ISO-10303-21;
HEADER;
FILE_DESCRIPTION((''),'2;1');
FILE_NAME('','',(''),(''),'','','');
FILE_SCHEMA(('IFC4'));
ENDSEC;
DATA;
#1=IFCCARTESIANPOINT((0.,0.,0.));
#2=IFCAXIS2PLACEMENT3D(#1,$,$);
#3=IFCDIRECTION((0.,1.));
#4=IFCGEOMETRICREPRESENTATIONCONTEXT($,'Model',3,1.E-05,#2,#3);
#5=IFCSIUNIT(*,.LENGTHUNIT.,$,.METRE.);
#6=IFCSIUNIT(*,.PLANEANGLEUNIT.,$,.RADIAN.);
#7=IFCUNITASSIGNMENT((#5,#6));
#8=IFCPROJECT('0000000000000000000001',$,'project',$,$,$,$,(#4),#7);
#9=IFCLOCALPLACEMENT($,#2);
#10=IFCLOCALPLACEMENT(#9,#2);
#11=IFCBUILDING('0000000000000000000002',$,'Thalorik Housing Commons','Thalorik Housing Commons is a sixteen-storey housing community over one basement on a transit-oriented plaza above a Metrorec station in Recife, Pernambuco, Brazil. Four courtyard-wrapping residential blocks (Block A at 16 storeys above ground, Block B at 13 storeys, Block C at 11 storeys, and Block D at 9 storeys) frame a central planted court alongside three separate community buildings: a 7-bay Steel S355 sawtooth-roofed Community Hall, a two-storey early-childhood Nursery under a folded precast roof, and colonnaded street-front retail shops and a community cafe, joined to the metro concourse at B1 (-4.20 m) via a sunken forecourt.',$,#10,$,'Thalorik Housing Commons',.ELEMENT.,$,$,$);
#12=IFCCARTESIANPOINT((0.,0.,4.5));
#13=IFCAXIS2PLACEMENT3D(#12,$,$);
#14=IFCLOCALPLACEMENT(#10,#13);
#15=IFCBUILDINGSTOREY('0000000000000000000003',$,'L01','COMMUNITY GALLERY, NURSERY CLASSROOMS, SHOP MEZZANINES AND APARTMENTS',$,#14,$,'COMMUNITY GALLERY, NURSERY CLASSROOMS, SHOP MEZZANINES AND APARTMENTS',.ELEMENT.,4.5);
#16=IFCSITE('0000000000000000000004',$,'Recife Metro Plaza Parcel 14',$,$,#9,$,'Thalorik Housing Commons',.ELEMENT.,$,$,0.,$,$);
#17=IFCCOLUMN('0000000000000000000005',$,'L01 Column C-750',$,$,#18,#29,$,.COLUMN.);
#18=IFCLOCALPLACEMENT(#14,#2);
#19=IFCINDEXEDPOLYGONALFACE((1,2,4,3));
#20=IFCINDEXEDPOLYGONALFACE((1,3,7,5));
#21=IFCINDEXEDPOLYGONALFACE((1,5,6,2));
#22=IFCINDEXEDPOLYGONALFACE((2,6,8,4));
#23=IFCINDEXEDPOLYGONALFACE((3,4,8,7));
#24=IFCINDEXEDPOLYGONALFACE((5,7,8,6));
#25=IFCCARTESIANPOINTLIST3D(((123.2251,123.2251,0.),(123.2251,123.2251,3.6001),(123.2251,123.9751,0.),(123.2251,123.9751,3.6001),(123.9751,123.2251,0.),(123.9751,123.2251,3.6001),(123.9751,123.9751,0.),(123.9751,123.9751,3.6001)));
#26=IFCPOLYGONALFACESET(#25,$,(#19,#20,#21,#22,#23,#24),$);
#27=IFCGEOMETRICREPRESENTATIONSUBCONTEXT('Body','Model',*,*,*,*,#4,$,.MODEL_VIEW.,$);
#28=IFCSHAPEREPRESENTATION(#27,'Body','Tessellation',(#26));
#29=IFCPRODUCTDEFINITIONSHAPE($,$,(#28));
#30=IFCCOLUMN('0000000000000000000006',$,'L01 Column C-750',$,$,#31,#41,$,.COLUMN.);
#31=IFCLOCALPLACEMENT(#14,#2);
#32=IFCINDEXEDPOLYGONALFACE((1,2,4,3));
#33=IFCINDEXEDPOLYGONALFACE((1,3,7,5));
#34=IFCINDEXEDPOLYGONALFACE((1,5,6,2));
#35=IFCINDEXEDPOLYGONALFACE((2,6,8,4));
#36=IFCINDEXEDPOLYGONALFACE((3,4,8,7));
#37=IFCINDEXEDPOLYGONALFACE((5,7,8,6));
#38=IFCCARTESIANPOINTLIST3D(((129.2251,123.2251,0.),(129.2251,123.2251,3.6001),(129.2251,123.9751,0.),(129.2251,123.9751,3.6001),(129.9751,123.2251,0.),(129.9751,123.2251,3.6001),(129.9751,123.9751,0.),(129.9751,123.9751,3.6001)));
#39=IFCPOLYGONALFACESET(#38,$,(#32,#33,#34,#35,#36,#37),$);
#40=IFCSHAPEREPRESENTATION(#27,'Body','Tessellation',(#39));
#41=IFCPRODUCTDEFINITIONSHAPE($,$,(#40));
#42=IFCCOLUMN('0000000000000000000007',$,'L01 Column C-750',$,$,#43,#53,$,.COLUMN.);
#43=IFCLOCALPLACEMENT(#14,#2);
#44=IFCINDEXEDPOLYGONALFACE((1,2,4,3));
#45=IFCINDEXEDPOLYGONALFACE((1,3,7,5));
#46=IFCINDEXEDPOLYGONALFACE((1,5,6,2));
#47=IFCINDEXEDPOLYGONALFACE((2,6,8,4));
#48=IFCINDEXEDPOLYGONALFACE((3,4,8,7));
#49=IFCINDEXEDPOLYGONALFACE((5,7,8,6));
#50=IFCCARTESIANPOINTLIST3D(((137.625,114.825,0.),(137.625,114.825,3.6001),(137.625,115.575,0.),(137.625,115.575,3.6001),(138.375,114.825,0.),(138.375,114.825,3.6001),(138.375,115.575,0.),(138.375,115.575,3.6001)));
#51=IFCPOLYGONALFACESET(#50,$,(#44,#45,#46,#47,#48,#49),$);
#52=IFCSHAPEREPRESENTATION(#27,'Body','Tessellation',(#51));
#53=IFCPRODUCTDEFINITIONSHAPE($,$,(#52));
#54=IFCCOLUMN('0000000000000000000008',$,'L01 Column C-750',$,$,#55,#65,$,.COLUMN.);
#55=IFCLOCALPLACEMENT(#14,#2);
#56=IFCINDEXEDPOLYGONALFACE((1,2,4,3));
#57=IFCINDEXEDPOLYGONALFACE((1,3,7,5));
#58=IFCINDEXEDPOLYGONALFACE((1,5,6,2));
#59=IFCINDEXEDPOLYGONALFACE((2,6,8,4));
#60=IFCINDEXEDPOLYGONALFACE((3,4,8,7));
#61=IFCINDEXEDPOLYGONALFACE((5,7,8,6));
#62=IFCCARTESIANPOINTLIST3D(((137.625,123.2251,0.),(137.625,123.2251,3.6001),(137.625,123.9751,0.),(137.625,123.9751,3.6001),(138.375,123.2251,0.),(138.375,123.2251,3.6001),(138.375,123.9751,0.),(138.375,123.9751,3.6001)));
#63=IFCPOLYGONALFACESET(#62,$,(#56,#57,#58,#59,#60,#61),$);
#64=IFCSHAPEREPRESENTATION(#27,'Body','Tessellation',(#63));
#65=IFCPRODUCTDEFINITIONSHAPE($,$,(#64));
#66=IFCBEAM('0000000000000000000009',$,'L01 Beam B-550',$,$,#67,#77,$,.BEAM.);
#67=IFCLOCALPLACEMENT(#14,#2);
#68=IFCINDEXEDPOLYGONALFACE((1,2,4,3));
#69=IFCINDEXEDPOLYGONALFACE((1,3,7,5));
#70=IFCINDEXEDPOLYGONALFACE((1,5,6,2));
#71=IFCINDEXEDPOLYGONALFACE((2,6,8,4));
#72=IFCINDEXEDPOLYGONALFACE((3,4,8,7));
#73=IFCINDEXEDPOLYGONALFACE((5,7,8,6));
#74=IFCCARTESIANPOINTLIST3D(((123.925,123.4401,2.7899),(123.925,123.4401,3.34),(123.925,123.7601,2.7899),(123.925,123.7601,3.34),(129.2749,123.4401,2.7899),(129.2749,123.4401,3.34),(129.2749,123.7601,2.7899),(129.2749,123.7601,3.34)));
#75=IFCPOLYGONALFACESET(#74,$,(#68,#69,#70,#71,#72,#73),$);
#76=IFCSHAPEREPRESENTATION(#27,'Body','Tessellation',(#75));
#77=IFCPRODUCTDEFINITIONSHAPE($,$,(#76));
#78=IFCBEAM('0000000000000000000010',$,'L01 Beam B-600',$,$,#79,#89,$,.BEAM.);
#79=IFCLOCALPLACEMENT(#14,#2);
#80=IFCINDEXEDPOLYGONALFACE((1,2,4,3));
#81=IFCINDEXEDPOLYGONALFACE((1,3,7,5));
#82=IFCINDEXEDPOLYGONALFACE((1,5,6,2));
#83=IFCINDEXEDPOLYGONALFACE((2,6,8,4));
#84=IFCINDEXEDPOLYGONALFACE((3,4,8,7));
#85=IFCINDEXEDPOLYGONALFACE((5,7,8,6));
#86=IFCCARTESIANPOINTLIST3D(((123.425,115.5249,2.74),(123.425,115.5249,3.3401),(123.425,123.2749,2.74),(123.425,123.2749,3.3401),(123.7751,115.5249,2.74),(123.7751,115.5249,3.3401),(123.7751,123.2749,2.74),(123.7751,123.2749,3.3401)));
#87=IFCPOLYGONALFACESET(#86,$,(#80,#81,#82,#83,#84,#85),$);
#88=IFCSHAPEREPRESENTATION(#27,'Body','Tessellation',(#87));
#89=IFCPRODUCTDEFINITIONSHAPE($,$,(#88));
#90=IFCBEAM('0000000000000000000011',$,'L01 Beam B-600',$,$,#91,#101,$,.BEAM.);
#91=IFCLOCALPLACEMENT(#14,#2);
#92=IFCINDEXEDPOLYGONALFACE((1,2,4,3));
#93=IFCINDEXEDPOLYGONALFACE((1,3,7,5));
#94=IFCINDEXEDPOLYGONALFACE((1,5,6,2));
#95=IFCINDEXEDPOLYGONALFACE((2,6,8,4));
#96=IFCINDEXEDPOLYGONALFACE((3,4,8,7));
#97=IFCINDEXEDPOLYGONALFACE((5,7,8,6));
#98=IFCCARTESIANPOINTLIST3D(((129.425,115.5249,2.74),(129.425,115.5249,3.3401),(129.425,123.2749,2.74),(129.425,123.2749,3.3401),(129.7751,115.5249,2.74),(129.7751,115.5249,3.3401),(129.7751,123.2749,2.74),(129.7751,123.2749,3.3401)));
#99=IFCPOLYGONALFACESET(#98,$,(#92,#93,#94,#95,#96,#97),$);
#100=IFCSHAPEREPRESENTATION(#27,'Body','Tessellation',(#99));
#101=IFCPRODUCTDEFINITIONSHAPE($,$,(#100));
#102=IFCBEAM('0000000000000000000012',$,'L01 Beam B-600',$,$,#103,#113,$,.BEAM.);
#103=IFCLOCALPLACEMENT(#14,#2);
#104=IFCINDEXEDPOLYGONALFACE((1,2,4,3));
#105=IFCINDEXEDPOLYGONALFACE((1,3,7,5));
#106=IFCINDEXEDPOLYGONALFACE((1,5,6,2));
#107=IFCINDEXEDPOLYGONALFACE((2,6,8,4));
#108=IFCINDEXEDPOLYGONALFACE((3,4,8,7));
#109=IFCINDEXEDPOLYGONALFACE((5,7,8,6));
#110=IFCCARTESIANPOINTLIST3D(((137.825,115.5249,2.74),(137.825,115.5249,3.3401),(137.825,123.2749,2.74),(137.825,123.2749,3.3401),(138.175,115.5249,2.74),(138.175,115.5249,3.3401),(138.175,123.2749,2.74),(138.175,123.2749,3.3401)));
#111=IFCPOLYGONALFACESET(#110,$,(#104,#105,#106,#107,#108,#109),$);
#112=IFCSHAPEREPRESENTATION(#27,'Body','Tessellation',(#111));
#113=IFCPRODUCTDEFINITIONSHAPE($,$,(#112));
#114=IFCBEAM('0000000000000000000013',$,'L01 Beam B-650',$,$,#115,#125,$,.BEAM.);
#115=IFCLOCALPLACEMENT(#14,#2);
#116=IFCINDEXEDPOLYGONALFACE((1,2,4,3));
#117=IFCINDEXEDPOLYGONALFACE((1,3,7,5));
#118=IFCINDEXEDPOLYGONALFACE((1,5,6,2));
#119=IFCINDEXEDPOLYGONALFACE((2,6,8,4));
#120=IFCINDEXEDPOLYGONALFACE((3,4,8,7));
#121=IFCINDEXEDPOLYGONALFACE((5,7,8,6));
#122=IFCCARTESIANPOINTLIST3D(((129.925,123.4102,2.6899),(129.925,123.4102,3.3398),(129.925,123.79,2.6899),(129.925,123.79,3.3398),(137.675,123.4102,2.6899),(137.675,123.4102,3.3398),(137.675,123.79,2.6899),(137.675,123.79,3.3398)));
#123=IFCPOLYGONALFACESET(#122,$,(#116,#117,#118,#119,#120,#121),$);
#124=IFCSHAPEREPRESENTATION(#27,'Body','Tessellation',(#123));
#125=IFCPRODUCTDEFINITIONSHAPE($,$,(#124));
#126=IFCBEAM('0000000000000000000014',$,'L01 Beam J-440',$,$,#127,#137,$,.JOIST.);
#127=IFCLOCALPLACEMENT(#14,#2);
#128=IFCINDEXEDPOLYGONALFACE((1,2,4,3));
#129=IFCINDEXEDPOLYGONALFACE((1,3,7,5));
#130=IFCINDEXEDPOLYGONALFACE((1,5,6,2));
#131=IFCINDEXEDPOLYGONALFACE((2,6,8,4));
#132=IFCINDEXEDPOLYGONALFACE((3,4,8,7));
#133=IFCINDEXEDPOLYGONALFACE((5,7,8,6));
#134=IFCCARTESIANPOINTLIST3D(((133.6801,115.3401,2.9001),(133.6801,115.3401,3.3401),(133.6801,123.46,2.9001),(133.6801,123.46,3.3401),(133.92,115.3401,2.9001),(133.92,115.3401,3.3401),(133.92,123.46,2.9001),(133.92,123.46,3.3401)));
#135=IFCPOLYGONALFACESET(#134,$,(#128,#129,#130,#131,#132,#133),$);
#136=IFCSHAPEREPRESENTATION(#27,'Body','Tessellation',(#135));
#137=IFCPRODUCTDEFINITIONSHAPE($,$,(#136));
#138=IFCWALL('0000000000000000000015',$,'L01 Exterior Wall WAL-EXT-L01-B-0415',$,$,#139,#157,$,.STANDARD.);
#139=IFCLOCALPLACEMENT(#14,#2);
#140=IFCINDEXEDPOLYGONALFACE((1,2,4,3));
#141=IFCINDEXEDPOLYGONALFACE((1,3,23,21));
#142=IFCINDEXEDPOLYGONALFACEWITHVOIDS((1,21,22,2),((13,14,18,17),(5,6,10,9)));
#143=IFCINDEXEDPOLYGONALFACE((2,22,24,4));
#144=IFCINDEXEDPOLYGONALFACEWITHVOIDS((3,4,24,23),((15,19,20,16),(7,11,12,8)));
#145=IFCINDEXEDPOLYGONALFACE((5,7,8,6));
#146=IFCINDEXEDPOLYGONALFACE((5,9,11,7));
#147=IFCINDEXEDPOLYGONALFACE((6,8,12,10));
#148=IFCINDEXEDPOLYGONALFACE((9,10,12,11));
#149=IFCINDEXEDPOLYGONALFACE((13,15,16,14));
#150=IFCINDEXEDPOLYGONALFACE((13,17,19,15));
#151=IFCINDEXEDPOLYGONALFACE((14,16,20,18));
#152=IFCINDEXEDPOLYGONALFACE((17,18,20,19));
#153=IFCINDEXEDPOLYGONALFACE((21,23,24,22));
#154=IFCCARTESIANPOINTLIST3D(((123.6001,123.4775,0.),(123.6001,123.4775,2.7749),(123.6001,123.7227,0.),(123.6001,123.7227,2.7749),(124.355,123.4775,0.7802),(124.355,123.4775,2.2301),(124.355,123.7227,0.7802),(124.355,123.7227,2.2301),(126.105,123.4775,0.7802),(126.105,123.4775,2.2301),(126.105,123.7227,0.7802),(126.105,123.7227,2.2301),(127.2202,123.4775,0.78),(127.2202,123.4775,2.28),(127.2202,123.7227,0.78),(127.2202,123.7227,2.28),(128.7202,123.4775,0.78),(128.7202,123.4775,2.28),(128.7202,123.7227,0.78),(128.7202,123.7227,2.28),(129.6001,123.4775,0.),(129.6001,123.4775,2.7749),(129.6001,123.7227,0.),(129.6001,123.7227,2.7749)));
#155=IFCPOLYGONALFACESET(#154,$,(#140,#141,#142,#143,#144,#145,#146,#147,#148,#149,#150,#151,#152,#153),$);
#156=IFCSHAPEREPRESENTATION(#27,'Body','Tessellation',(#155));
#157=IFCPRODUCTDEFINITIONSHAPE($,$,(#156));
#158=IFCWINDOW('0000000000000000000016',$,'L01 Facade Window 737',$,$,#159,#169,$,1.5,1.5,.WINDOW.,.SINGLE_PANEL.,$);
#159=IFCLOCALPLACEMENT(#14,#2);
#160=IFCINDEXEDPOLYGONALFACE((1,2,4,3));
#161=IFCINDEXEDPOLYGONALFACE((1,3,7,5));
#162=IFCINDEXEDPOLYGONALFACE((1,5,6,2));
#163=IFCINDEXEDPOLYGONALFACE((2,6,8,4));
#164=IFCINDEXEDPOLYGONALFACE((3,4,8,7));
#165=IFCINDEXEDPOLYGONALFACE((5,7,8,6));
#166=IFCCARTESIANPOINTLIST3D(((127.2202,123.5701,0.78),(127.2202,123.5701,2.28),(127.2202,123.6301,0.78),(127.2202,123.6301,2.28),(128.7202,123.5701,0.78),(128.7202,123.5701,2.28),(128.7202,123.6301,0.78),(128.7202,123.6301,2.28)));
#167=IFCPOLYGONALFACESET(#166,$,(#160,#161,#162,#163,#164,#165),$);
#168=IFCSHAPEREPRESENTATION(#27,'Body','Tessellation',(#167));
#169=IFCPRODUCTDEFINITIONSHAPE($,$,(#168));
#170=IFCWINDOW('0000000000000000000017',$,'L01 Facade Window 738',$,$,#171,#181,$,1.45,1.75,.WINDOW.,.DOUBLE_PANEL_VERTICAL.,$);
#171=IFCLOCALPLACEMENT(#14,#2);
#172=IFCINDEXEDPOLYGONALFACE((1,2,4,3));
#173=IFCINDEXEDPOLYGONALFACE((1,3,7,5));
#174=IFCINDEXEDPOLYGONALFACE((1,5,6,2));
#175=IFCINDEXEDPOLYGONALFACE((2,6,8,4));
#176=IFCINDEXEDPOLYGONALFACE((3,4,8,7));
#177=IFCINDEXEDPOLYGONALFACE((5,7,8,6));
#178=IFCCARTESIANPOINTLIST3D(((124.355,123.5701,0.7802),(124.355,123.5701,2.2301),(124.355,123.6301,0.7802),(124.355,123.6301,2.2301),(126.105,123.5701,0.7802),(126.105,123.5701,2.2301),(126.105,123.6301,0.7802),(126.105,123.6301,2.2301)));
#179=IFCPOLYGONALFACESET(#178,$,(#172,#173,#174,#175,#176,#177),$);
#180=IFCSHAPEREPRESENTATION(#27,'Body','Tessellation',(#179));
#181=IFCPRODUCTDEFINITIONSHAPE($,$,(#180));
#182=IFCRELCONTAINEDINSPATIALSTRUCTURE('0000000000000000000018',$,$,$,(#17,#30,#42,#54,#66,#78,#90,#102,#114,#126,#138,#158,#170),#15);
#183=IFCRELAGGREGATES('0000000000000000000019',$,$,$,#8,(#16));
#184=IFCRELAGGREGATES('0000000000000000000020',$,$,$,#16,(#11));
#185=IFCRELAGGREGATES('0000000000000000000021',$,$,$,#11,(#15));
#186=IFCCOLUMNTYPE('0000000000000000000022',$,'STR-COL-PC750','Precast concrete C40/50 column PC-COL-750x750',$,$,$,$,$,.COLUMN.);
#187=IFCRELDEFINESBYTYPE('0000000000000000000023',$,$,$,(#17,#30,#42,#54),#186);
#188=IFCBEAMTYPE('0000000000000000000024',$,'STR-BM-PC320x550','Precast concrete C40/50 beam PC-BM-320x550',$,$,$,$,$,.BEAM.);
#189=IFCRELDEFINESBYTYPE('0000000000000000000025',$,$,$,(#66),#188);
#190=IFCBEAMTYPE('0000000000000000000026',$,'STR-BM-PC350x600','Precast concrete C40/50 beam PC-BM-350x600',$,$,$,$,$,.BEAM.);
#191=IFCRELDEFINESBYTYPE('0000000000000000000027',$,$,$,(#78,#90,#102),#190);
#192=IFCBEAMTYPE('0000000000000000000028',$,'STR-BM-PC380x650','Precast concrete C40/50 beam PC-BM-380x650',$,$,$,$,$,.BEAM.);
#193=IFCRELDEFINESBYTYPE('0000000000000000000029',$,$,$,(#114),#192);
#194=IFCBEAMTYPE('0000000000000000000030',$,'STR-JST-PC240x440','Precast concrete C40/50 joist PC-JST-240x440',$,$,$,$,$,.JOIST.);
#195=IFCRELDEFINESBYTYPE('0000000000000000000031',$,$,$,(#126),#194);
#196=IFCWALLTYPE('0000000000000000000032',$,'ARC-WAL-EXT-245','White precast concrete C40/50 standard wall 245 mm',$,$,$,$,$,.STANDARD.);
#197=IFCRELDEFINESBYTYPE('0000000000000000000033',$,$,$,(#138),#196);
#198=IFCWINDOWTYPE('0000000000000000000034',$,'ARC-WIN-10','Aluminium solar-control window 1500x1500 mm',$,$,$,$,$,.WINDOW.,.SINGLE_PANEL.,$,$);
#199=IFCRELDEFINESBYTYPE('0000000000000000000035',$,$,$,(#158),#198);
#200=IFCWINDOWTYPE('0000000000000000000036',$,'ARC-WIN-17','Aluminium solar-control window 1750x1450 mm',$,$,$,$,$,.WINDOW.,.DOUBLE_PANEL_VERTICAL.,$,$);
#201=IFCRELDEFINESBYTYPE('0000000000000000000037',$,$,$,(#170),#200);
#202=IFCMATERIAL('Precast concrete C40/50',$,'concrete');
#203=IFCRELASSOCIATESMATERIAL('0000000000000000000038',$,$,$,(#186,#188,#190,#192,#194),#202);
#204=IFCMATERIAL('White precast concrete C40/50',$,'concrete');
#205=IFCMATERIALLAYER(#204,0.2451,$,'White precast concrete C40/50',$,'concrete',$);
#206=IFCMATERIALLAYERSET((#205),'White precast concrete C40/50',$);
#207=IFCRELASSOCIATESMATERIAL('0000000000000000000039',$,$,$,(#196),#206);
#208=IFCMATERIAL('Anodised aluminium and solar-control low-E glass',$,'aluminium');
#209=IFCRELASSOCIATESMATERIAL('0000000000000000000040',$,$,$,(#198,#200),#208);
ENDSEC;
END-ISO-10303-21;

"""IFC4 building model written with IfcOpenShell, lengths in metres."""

from ifc_helpers import new_model, si_unit, direction, frame, frame_2d, origin, origin_2d, place, context, subcontext, project, spatial, rectangle, extrude, material, layer, layer_set, material_profile, profile_set, type_object, element, fill, save


model = new_model("IFC4")

# Units and contexts
model_context = context("Model", 3, precision=1e-05, world=origin(), true_north=direction((0.0, 1.0)))
body_context = subcontext(model_context, "Body", "Model", "MODEL_VIEW")
ifc_project = project(units=[si_unit("LENGTHUNIT", "METRE"), si_unit("PLANEANGLEUNIT", "RADIAN")], contexts=[model_context])

# Site, building, storey
site_placement = place(None, origin())
site = spatial("IfcSite", under=ifc_project, at=site_placement, Name="Recife Metro Plaza Parcel 14", LongName="Thalorik Housing Commons", CompositionType="ELEMENT", RefElevation=0.0)
building_placement = place(site_placement, origin())
building = spatial("IfcBuilding", under=site, at=building_placement, Name="Thalorik Housing Commons", Description="Thalorik Housing Commons is a sixteen-storey housing community over one basement on a transit-oriented plaza above a Metrorec station in Recife, Pernambuco, Brazil. Four courtyard-wrapping residential blocks (Block A at 16 storeys above ground, Block B at 13 storeys, Block C at 11 storeys, and Block D at 9 storeys) frame a central planted court alongside three separate community buildings: a 7-bay Steel S355 sawtooth-roofed Community Hall, a two-storey early-childhood Nursery under a folded precast roof, and colonnaded street-front retail shops and a community cafe, joined to the metro concourse at B1 (-4.20 m) via a sunken forecourt.", LongName="Thalorik Housing Commons", CompositionType="ELEMENT")
storey_placement = place(building_placement, frame((0.0, 0.0, 4.5)))
storey = spatial("IfcBuildingStorey", under=building, at=storey_placement, Name="L01", Description="COMMUNITY GALLERY, NURSERY CLASSROOMS, SHOP MEZZANINES AND APARTMENTS", LongName="COMMUNITY GALLERY, NURSERY CLASSROOMS, SHOP MEZZANINES AND APARTMENTS", CompositionType="ELEMENT", Elevation=4.5)

# Columns
ifc_material_1 = material(Name="Precast concrete C40/50", Category="concrete")
ifc_material_profile_1 = material_profile(ifc_material_1, rectangle(XDim=0.75, YDim=0.75, at=origin_2d()), Name="PC 750x750", Category="concrete")
ifc_profile_set_1 = profile_set([ifc_material_profile_1], Name="Precast concrete C40/50")
column_type = type_object("IfcColumnType", Name="STR-COL-PC750", Description="Precast concrete C40/50 column PC-COL-750x750", PredefinedType="COLUMN", material=ifc_profile_set_1)
for number, where, z_axis, x_axis, name in (
    (1, (123.6001, 123.6001, 0.0), (0.0, 0.0, 1.0), (1.0, 0.0, 0.0), "L01 Column C-750"),
    (2, (129.6001, 123.6001, 0.0), (0.0, 0.0, 1.0), (1.0, 0.0, 0.0), "L01 Column C-750"),
    (3, (138.0, 115.2, 0.0), (0.0, 0.0, 1.0), (1.0, 0.0, 0.0), "L01 Column C-750"),
    (4, (138.0, 123.6001, 0.0), (0.0, 0.0, 1.0), (1.0, 0.0, 0.0), "L01 Column C-750"),
):
    element("IfcColumn", number, at=place(storey_placement, frame(where, z_axis=z_axis, x_axis=x_axis)), inside=storey, type_object=column_type, Name=name, PredefinedType="COLUMN", context=body_context, shape_type="SweptSolid", body=[
        extrude(rectangle(XDim=0.75, YDim=0.75, at=origin_2d()), origin(), (0.0, 0.0, 1.0), 3.6001),
    ])

# Beams
ifc_material_profile_2 = material_profile(ifc_material_1, rectangle(XDim=0.3201, YDim=0.55, at=origin_2d()), Name="PC 320x550", Category="concrete")
ifc_profile_set_2 = profile_set([ifc_material_profile_2], Name="Precast concrete C40/50")
beam_type_1 = type_object("IfcBeamType", Name="STR-BM-PC320x550", Description="Precast concrete C40/50 beam PC-BM-320x550", PredefinedType="BEAM", material=ifc_profile_set_2)
beam_1_placement = place(storey_placement, frame((123.925, 123.6001, 3.0649), z_axis=(1.0, 0.0, 0.0), x_axis=(0.0, 1.0, 0.0)))
element("IfcBeam", 5, at=beam_1_placement, inside=storey, type_object=beam_type_1, Name="L01 Beam B-550", PredefinedType="BEAM", context=body_context, shape_type="SweptSolid", body=[
    extrude(rectangle(XDim=0.3201, YDim=0.55, at=origin_2d()), origin(), (0.0, 0.0, 1.0), 5.3499),
])
ifc_material_profile_3 = material_profile(ifc_material_1, rectangle(XDim=0.3501, YDim=0.6001, at=origin_2d()), Name="PC 350x600", Category="concrete")
ifc_profile_set_3 = profile_set([ifc_material_profile_3], Name="Precast concrete C40/50")
beam_type_2 = type_object("IfcBeamType", Name="STR-BM-PC350x600", Description="Precast concrete C40/50 beam PC-BM-350x600", PredefinedType="BEAM", material=ifc_profile_set_3)
for number, where, z_axis, x_axis, name in (
    (6, (123.6001, 115.5249, 3.04), (0.0, 1.0, 0.0), (-1.0, 0.0, 0.0), "L01 Beam B-600"),
    (7, (129.6001, 115.5249, 3.04), (0.0, 1.0, 0.0), (-1.0, 0.0, 0.0), "L01 Beam B-600"),
    (8, (138.0, 115.5249, 3.04), (0.0, 1.0, 0.0), (-1.0, 0.0, 0.0), "L01 Beam B-600"),
):
    element("IfcBeam", number, at=place(storey_placement, frame(where, z_axis=z_axis, x_axis=x_axis)), inside=storey, type_object=beam_type_2, Name=name, PredefinedType="BEAM", context=body_context, shape_type="SweptSolid", body=[
        extrude(rectangle(XDim=0.3501, YDim=0.6001, at=origin_2d()), origin(), (0.0, 0.0, 1.0), 7.75),
    ])
ifc_material_profile_4 = material_profile(ifc_material_1, rectangle(XDim=0.3799, YDim=0.6499, at=origin_2d()), Name="PC 380x650", Category="concrete")
ifc_profile_set_4 = profile_set([ifc_material_profile_4], Name="Precast concrete C40/50")
beam_type_3 = type_object("IfcBeamType", Name="STR-BM-PC380x650", Description="Precast concrete C40/50 beam PC-BM-380x650", PredefinedType="BEAM", material=ifc_profile_set_4)
beam_2_placement = place(storey_placement, frame((129.925, 123.6001, 3.0149), z_axis=(1.0, 0.0, 0.0), x_axis=(0.0, 1.0, 0.0)))
element("IfcBeam", 9, at=beam_2_placement, inside=storey, type_object=beam_type_3, Name="L01 Beam B-650", PredefinedType="BEAM", context=body_context, shape_type="SweptSolid", body=[
    extrude(rectangle(XDim=0.3799, YDim=0.6499, at=origin_2d()), origin(), (0.0, 0.0, 1.0), 7.75),
])
ifc_material_profile_5 = material_profile(ifc_material_1, rectangle(XDim=0.24, YDim=0.4399, at=origin_2d()), Name="PC JST 240x440", Category="concrete")
ifc_profile_set_5 = profile_set([ifc_material_profile_5], Name="Precast concrete C40/50")
beam_type_4 = type_object("IfcBeamType", Name="STR-JST-PC240x440", Description="Precast concrete C40/50 joist PC-JST-240x440", PredefinedType="JOIST", material=ifc_profile_set_5)
beam_3_placement = place(storey_placement, frame((133.8, 115.3401, 3.1201), z_axis=(0.0, 1.0, 0.0), x_axis=(-1.0, 0.0, 0.0)))
element("IfcBeam", 10, at=beam_3_placement, inside=storey, type_object=beam_type_4, Name="L01 Beam J-440", PredefinedType="JOIST", context=body_context, shape_type="SweptSolid", body=[
    extrude(rectangle(XDim=0.24, YDim=0.4399, at=origin_2d()), origin(), (0.0, 0.0, 1.0), 8.1199),
])

# Wall, openings, windows
ifc_material_2 = material(Name="White precast concrete C40/50", Category="concrete")
ifc_layer_1 = layer(ifc_material_2, 0.2451, Name="White precast concrete C40/50", Category="concrete")
ifc_layer_set_1 = layer_set([ifc_layer_1], Name="White precast concrete C40/50")
wall_type_1 = type_object("IfcWallType", Name="ARC-WAL-EXT-245", Description="White precast concrete C40/50 standard wall 245 mm", PredefinedType="STANDARD", material=ifc_layer_set_1)
wall_1_placement = place(storey_placement, frame((129.6001, 123.6001, 0.0), z_axis=(0.0, 0.0, 1.0), x_axis=(-1.0, 0.0, 0.0)))
wall_1 = element("IfcWall", 11, at=wall_1_placement, inside=storey, type_object=wall_type_1, Name="L01 Exterior Wall WAL-EXT-L01-B-0415", PredefinedType="STANDARD", context=body_context, shape_type="SweptSolid", body=[
    extrude(rectangle(XDim=6.0, YDim=0.2451, at=frame_2d((3.0, 0.0))), origin(), (0.0, 0.0, 1.0), 2.7749),
])
opening_1_placement = place(wall_1_placement, frame((0.8799, 0.0, 0.78)))
opening_1 = element("IfcOpeningElement", 12, at=opening_1_placement, cuts=wall_1, PredefinedType="OPENING", context=body_context, shape_type="SweptSolid", body=[
    extrude(rectangle(XDim=1.5, YDim=1.5, at=frame_2d((0.75, 0.75))), frame((0.0, 0.1326, 0.0), z_axis=(0.0, -1.0, 0.0), x_axis=(1.0, 0.0, 0.0)), (0.0, 0.0, 1.0), 0.2651),
])
opening_2_placement = place(wall_1_placement, frame((3.4951, 0.0, 0.78)))
opening_2 = element("IfcOpeningElement", 13, at=opening_2_placement, cuts=wall_1, PredefinedType="OPENING", context=body_context, shape_type="SweptSolid", body=[
    extrude(rectangle(XDim=1.75, YDim=1.45, at=frame_2d((0.875, 0.7251))), frame((0.0, 0.1326, 0.0), z_axis=(0.0, -1.0, 0.0), x_axis=(1.0, 0.0, 0.0)), (0.0, 0.0, 1.0), 0.2651),
])
ifc_material_3 = material(Name="Anodised aluminium and solar-control low-E glass", Category="aluminium")
window_type_1 = type_object("IfcWindowType", Name="ARC-WIN-10", Description="Aluminium solar-control window 1500x1500 mm", PartitioningType="SINGLE_PANEL", PredefinedType="WINDOW", material=ifc_material_3)
window_1_placement = place(opening_1_placement, origin())
window_1 = element("IfcWindow", 14, at=window_1_placement, inside=storey, type_object=window_type_1, Name="L01 Facade Window 737", OverallHeight=1.5, OverallWidth=1.5, PartitioningType="SINGLE_PANEL", PredefinedType="WINDOW", context=body_context, shape_type="SweptSolid", body=[
    extrude(rectangle(XDim=1.5, YDim=1.5, at=frame_2d((0.75, 0.75))), frame((0.0, 0.03, 0.0), z_axis=(0.0, -1.0, 0.0), x_axis=(1.0, 0.0, 0.0)), (0.0, 0.0, 1.0), 0.0601),
])
fill(opening_1, window_1)
window_type_2 = type_object("IfcWindowType", Name="ARC-WIN-17", Description="Aluminium solar-control window 1750x1450 mm", PartitioningType="DOUBLE_PANEL_VERTICAL", PredefinedType="WINDOW", material=ifc_material_3)
window_2_placement = place(opening_2_placement, origin())
window_2 = element("IfcWindow", 15, at=window_2_placement, inside=storey, type_object=window_type_2, Name="L01 Facade Window 738", OverallHeight=1.45, OverallWidth=1.75, PartitioningType="DOUBLE_PANEL_VERTICAL", PredefinedType="WINDOW", context=body_context, shape_type="SweptSolid", body=[
    extrude(rectangle(XDim=1.75, YDim=1.45, at=frame_2d((0.875, 0.7251))), frame((0.0, 0.03, 0.0), z_axis=(0.0, -1.0, 0.0), x_axis=(1.0, 0.0, 0.0)), (0.0, 0.0, 1.0), 0.0601),
])
fill(opening_2, window_2)

save(model, "model.ifc")
